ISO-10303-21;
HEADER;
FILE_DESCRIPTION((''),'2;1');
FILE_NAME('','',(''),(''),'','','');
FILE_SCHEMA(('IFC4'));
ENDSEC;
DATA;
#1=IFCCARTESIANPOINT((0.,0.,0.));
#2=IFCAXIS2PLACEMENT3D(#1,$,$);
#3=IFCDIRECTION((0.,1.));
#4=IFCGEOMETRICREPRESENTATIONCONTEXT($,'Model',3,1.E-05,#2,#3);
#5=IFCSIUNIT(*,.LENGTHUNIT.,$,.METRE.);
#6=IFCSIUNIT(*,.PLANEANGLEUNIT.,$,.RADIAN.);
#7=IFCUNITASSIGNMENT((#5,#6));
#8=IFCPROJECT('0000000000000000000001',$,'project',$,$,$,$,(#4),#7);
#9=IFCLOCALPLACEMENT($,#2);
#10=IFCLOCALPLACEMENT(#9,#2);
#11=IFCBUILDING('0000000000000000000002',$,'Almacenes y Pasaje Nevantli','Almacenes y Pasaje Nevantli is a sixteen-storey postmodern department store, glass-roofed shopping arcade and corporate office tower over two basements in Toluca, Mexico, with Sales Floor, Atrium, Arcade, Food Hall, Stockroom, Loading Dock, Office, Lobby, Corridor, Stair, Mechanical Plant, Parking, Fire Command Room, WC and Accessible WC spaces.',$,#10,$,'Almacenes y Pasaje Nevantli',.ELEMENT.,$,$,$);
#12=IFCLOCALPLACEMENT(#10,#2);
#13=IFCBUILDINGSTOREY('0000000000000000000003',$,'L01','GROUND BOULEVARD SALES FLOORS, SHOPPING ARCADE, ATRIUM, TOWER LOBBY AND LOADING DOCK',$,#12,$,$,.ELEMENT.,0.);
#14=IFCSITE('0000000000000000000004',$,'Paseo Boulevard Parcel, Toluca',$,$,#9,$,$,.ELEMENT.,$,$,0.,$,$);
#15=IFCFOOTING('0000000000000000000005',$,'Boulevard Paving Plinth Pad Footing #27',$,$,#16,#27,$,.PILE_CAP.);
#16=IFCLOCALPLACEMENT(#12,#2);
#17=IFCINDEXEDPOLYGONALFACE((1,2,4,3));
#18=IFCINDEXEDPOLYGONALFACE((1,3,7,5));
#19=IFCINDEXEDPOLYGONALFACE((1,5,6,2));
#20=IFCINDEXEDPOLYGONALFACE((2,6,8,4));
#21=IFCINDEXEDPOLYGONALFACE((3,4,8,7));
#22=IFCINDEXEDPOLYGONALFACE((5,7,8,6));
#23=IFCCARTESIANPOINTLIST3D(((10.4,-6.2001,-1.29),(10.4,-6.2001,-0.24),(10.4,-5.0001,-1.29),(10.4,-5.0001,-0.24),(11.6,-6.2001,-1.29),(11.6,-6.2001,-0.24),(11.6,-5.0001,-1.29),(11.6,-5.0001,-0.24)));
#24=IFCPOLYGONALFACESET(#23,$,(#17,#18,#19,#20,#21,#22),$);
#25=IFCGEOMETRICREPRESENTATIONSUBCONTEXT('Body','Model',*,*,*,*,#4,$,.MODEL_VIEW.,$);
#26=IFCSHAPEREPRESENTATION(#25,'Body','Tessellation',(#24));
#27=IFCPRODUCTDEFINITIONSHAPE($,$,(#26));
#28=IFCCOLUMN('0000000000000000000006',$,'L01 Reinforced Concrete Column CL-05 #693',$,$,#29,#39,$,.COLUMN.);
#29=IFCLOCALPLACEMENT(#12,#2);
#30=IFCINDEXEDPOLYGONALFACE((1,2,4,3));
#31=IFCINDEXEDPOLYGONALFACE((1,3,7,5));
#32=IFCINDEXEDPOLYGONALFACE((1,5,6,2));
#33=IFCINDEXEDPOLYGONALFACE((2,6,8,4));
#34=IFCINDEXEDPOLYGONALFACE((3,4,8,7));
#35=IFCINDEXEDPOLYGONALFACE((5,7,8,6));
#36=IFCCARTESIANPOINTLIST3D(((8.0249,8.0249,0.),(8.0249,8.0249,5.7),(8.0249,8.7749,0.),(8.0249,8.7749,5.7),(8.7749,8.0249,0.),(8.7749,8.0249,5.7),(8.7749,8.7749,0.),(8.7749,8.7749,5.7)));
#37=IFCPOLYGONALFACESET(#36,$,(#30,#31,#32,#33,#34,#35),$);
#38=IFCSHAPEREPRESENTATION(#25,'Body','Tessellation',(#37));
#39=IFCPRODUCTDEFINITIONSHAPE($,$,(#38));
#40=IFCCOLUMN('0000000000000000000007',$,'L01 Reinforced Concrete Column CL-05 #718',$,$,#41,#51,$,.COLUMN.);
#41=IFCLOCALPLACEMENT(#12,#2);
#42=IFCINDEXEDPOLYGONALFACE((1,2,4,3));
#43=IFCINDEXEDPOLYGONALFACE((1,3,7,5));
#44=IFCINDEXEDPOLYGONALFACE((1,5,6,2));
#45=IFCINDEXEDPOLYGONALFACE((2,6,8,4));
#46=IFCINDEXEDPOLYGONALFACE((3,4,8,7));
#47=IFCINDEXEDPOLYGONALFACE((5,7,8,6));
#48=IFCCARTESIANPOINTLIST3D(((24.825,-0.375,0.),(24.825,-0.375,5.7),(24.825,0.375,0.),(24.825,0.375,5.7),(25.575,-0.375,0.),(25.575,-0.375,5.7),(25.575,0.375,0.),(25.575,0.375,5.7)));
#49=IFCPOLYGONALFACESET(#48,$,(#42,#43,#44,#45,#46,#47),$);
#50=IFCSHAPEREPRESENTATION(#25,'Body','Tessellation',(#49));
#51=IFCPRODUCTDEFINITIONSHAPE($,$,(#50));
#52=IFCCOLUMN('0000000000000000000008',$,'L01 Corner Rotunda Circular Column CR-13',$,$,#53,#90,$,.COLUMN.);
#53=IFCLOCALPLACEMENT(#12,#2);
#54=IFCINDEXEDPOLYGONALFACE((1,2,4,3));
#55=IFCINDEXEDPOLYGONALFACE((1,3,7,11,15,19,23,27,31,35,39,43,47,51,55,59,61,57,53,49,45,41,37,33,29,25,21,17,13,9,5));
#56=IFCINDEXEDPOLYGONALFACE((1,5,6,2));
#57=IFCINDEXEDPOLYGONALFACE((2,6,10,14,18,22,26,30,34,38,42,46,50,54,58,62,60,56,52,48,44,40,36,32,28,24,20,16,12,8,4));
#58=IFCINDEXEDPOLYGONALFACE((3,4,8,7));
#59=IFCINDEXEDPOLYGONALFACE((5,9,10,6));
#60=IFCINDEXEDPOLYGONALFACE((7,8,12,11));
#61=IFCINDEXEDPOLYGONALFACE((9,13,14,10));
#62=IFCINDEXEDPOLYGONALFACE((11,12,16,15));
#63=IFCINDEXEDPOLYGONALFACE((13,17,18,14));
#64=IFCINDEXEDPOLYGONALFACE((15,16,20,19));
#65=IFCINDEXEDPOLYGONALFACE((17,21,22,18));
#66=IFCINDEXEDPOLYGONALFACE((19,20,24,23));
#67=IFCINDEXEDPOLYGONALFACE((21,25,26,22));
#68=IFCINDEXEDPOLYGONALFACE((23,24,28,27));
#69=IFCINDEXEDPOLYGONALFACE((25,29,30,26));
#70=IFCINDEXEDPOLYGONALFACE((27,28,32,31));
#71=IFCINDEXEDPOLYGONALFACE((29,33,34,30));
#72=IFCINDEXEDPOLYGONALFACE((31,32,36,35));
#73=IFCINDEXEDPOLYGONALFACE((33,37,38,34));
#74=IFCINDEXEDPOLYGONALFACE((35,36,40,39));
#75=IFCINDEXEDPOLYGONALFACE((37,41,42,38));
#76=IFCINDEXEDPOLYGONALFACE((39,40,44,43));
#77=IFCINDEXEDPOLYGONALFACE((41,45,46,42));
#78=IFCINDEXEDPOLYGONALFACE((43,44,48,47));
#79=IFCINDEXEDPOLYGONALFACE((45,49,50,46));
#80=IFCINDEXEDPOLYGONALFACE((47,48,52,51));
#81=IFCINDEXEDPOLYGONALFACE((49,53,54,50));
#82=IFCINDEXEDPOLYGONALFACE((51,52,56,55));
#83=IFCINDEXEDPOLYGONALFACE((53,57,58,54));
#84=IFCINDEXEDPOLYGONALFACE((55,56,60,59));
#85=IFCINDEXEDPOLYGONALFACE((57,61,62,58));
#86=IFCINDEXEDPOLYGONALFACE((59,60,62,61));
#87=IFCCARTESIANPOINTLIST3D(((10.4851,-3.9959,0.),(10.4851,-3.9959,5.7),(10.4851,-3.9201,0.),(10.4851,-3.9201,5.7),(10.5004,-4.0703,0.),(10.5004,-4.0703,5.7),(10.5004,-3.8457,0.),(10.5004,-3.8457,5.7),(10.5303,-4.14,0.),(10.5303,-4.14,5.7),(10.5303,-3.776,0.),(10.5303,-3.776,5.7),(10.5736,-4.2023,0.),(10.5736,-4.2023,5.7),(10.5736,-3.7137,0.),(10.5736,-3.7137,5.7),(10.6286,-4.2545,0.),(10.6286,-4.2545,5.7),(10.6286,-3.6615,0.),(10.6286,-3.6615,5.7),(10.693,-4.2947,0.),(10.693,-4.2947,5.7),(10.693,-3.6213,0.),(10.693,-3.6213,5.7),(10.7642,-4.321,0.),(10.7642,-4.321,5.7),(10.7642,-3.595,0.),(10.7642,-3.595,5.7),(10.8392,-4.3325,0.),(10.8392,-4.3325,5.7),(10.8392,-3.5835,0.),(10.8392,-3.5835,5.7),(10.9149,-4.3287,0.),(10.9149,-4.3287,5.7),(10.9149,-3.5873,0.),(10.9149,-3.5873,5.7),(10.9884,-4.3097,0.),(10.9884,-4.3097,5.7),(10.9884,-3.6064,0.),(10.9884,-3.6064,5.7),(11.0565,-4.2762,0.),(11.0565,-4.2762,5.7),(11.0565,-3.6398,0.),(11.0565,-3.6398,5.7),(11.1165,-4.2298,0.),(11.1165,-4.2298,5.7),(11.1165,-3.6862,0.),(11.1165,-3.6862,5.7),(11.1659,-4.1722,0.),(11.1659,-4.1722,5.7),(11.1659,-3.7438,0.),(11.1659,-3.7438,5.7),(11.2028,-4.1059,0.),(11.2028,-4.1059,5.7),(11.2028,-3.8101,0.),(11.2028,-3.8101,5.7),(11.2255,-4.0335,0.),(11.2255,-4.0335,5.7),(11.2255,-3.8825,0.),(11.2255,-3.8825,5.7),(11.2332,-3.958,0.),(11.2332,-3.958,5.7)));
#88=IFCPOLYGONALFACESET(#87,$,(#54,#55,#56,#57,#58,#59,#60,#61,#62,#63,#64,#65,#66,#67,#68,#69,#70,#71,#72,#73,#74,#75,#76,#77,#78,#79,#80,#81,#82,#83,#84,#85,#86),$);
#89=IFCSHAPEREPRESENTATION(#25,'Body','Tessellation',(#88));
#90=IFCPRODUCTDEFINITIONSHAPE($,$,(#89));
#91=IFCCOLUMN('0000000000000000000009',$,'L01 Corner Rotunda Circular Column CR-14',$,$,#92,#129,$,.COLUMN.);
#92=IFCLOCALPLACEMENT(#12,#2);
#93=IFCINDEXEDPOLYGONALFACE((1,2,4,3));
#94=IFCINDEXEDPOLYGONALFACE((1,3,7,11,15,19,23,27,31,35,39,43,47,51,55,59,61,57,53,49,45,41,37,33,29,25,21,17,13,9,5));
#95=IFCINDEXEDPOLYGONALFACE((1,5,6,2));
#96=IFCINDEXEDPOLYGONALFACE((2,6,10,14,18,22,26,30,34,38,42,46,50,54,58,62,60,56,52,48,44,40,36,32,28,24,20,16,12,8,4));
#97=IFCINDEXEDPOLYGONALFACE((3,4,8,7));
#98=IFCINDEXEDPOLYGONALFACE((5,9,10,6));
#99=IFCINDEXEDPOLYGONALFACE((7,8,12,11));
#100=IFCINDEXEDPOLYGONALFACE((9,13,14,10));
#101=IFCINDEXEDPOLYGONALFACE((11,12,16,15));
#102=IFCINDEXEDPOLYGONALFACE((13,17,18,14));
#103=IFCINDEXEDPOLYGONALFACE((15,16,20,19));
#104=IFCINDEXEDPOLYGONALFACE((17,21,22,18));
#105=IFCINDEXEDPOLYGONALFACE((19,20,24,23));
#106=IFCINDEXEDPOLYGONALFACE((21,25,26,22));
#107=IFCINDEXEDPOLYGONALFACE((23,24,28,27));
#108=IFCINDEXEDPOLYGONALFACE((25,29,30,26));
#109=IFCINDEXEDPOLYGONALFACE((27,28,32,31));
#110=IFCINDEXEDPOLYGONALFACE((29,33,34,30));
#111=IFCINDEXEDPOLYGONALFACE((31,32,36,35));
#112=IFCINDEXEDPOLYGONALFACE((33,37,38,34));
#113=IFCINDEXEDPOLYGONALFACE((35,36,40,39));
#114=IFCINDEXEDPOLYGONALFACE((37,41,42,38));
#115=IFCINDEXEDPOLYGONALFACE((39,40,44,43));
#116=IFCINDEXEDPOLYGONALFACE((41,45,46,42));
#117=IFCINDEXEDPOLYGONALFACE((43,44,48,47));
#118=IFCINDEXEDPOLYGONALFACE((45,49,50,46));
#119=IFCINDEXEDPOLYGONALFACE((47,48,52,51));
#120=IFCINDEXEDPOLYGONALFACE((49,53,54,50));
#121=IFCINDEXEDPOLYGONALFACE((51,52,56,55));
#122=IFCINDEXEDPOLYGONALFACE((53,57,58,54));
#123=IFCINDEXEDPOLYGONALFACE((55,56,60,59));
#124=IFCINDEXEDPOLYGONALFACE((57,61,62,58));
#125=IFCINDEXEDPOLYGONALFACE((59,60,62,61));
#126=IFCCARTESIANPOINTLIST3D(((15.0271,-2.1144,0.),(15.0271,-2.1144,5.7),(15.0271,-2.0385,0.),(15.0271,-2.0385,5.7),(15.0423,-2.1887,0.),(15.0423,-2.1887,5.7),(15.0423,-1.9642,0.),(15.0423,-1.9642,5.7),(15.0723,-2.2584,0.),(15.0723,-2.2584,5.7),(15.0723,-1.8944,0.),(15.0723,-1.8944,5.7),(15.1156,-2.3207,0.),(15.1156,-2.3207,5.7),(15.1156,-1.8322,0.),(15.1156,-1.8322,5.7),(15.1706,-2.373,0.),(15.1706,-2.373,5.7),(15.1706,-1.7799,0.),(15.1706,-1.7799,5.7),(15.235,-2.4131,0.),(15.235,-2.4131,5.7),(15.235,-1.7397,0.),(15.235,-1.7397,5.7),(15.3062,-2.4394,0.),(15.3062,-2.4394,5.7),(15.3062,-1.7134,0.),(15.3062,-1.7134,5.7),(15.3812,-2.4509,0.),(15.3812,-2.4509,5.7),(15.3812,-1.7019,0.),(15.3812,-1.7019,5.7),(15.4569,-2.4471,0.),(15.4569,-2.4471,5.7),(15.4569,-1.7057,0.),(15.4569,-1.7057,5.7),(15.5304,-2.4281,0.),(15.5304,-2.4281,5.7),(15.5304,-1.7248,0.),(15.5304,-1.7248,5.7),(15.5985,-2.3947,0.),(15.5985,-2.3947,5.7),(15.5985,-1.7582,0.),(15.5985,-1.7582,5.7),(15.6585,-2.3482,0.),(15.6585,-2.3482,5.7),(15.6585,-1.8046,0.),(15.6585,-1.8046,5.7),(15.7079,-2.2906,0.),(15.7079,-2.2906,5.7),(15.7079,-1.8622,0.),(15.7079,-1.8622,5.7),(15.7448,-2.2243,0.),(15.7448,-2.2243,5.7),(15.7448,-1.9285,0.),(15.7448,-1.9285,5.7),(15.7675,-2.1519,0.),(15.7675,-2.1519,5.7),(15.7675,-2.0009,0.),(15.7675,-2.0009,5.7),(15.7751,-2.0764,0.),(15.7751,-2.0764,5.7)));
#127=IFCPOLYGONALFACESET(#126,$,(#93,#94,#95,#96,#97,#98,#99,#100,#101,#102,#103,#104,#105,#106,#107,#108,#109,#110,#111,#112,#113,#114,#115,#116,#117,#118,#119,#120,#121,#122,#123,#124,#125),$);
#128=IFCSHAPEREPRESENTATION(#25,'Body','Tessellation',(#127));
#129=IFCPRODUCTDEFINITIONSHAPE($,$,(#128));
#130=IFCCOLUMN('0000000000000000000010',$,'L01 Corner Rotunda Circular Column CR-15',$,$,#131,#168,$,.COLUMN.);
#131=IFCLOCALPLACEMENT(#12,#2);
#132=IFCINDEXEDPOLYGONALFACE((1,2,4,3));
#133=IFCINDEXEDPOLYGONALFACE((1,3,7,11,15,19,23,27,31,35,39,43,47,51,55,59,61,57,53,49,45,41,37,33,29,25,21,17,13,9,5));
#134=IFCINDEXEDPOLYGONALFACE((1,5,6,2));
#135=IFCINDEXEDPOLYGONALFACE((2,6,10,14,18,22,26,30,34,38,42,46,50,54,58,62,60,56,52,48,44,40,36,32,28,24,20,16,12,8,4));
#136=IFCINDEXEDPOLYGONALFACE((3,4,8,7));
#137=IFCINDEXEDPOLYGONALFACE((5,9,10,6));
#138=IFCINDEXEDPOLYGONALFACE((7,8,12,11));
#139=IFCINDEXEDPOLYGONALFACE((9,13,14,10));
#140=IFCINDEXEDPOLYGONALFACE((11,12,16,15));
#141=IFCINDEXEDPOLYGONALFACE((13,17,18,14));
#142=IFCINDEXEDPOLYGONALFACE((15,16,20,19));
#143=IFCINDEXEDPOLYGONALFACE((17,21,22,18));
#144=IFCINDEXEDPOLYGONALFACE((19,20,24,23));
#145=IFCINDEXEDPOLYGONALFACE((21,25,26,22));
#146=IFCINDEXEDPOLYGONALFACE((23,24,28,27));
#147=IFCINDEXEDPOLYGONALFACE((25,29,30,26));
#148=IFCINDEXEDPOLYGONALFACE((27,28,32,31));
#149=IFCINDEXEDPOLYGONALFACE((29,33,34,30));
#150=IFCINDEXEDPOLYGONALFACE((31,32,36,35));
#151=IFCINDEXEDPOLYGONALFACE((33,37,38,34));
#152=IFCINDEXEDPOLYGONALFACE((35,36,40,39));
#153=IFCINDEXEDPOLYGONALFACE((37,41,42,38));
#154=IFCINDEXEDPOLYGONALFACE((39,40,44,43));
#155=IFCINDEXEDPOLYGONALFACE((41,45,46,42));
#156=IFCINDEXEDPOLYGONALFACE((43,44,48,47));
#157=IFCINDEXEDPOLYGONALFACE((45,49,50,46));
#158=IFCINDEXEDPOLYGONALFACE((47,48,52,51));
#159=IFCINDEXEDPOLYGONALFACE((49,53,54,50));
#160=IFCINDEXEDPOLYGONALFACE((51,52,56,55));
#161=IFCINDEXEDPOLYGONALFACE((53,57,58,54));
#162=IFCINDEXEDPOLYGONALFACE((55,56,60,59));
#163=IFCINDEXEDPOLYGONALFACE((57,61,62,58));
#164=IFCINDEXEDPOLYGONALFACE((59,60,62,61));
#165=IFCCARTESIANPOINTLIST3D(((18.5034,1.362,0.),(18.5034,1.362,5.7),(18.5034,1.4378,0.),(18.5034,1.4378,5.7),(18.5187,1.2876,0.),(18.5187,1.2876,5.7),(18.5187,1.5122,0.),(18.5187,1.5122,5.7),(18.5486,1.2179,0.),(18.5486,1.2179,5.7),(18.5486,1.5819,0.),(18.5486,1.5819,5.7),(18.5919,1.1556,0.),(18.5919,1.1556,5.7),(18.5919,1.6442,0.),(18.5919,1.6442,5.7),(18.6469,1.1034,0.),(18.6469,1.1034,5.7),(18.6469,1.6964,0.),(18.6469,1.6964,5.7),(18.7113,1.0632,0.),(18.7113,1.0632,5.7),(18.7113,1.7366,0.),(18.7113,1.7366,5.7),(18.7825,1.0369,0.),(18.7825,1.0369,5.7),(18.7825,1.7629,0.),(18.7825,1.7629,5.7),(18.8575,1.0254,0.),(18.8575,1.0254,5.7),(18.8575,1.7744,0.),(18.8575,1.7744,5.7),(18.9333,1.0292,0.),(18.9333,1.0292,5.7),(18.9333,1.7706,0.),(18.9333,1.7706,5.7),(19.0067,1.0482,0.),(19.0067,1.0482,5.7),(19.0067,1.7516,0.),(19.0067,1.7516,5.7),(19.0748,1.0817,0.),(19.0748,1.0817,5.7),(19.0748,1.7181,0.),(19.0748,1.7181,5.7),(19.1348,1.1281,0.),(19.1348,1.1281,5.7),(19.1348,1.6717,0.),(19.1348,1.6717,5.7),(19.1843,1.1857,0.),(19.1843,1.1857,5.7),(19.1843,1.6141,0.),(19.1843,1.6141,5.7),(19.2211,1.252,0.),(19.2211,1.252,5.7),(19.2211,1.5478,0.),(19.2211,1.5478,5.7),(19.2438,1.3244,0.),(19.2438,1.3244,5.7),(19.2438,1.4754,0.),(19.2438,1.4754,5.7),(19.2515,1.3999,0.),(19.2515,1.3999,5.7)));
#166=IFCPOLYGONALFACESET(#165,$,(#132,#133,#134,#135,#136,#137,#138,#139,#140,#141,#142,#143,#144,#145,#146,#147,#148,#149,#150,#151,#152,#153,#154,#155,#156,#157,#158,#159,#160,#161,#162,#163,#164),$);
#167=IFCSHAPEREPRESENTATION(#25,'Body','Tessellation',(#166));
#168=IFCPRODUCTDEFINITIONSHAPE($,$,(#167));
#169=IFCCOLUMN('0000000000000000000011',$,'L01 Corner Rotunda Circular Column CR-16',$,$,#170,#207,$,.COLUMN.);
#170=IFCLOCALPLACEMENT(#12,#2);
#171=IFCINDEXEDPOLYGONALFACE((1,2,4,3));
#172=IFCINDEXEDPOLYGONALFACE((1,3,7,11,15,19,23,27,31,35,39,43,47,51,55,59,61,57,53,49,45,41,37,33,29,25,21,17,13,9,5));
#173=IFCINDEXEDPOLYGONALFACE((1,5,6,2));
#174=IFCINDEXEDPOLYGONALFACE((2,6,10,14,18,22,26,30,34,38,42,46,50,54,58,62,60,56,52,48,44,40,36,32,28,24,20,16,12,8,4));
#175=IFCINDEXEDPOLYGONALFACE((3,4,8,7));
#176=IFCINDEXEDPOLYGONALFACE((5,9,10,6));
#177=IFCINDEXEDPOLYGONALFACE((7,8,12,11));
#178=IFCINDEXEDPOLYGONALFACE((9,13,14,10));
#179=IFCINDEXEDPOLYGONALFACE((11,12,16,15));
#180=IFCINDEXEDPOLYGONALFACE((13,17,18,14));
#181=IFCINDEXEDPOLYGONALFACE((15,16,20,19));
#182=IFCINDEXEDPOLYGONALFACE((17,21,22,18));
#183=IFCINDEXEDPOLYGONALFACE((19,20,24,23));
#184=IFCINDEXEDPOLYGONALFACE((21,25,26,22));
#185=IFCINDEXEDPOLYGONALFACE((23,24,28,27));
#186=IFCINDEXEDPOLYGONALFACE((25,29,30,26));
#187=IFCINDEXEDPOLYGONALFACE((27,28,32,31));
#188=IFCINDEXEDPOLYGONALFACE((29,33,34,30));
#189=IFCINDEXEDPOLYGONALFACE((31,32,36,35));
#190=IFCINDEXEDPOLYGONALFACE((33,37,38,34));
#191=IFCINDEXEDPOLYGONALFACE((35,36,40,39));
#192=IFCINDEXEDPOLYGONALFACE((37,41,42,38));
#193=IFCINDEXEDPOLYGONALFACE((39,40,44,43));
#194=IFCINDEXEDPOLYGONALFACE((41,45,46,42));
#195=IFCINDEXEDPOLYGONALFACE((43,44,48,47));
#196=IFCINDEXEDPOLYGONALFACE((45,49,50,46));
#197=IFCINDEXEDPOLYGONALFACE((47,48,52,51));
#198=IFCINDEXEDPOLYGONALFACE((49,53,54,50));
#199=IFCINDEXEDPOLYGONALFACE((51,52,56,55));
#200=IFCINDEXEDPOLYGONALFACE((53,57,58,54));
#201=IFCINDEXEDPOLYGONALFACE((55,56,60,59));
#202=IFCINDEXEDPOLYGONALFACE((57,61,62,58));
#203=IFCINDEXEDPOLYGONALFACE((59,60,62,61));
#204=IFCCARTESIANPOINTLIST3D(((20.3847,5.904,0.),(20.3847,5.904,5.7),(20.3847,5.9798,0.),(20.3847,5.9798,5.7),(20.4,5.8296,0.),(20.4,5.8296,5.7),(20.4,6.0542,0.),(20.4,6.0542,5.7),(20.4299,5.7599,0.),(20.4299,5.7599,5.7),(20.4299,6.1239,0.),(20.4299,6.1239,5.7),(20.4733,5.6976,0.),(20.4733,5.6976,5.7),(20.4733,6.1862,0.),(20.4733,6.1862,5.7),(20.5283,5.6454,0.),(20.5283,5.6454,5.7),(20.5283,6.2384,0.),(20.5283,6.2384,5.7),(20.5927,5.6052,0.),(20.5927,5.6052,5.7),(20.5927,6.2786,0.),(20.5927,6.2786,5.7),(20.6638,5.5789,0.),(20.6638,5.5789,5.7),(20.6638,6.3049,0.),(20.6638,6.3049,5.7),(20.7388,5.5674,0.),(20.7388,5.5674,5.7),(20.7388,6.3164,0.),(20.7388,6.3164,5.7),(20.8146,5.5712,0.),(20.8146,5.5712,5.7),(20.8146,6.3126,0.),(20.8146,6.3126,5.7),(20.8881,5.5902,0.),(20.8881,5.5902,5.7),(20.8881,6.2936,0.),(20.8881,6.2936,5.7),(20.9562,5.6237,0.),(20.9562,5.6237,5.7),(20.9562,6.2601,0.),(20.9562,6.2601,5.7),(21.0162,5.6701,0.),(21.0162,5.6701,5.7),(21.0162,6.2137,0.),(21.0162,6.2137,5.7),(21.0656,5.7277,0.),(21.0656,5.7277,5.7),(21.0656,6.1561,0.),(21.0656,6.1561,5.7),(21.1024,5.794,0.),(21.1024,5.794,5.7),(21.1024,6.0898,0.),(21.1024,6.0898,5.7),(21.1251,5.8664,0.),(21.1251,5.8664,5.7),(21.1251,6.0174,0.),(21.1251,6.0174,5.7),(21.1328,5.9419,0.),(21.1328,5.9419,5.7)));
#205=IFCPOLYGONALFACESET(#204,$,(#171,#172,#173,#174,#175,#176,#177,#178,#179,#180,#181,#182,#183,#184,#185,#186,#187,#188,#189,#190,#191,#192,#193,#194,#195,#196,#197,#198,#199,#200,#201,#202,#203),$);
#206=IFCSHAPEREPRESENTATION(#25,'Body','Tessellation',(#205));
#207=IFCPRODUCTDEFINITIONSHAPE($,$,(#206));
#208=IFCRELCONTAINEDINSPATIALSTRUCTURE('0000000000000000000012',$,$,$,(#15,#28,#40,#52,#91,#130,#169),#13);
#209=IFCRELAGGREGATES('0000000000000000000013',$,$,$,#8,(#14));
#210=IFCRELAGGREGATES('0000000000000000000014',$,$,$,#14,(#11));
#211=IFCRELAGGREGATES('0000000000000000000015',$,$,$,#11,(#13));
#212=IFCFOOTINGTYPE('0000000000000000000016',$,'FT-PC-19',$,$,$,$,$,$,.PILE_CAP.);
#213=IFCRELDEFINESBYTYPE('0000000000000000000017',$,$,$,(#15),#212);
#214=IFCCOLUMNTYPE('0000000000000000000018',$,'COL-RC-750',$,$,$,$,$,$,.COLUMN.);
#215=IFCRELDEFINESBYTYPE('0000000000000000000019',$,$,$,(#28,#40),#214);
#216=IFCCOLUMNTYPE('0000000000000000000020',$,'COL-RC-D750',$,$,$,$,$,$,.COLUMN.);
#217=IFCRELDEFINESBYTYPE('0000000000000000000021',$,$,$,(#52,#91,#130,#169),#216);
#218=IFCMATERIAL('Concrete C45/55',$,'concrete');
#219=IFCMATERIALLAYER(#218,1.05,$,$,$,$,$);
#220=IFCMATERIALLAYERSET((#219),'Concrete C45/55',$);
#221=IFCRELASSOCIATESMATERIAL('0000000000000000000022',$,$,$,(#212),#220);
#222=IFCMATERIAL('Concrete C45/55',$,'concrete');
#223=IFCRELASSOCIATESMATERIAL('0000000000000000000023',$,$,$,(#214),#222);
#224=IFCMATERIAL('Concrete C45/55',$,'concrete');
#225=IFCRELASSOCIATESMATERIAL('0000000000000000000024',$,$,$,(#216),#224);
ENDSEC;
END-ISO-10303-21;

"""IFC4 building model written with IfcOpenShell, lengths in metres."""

from ifc_helpers import new_model, si_unit, direction, frame, origin, origin_2d, place, context, subcontext, project, spatial, rectangle, circle, extrude, material, layer, layer_set, material_profile, profile_set, type_object, element, save


model = new_model("IFC4")

# Units and contexts
model_context = context("Model", 3, precision=1e-05, world=origin(), true_north=direction((0.0, 1.0)))
body_context = subcontext(model_context, "Body", "Model", "MODEL_VIEW")
ifc_project = project(units=[si_unit("LENGTHUNIT", "METRE"), si_unit("PLANEANGLEUNIT", "RADIAN")], contexts=[model_context])

# Site, building, storey
site_placement = place(None, origin())
site = spatial("IfcSite", under=ifc_project, at=site_placement, Name="Paseo Boulevard Parcel, Toluca", CompositionType="ELEMENT", RefElevation=0.0)
building_placement = place(site_placement, origin())
building = spatial("IfcBuilding", under=site, at=building_placement, Name="Almacenes y Pasaje Nevantli", Description="Almacenes y Pasaje Nevantli is a sixteen-storey postmodern department store, glass-roofed shopping arcade and corporate office tower over two basements in Toluca, Mexico, with Sales Floor, Atrium, Arcade, Food Hall, Stockroom, Loading Dock, Office, Lobby, Corridor, Stair, Mechanical Plant, Parking, Fire Command Room, WC and Accessible WC spaces.", LongName="Almacenes y Pasaje Nevantli", CompositionType="ELEMENT")
storey_placement = place(building_placement, origin())
storey = spatial("IfcBuildingStorey", under=building, at=storey_placement, Name="L01", Description="GROUND BOULEVARD SALES FLOORS, SHOPPING ARCADE, ATRIUM, TOWER LOBBY AND LOADING DOCK", CompositionType="ELEMENT", Elevation=0.0)

# Footing
ifc_material_1 = material(Name="Concrete C45/55", Category="concrete")
ifc_layer_1 = layer(ifc_material_1, 1.05)
ifc_layer_set_1 = layer_set([ifc_layer_1], Name="Concrete C45/55")
footing_type = type_object("IfcFootingType", Name="FT-PC-19", PredefinedType="PILE_CAP", material=ifc_layer_set_1)
footing_placement = place(storey_placement, frame((11.0, -5.6001, -1.29), z_axis=(0.0, 0.0, 1.0), x_axis=(1.0, 0.0, 0.0)))
element("IfcFooting", 1, at=footing_placement, inside=storey, type_object=footing_type, Name="Boulevard Paving Plinth Pad Footing #27", PredefinedType="PILE_CAP", context=body_context, shape_type="SweptSolid", body=[
    extrude(rectangle(XDim=1.2, YDim=1.2, at=origin_2d()), origin(), (0.0, 0.0, 1.0), 1.05),
])

# Columns
ifc_material_2 = material(Name="Concrete C45/55", Category="concrete")
ifc_material_profile_1 = material_profile(ifc_material_2, rectangle(XDim=0.75, YDim=0.75, at=origin_2d()), Name="RC-COL-750x750")
ifc_profile_set_1 = profile_set([ifc_material_profile_1], Name="Concrete C45/55")
column_type_1 = type_object("IfcColumnType", Name="COL-RC-750", PredefinedType="COLUMN", material=ifc_profile_set_1)
for number, where, z_axis, x_axis, name in (
    (2, (8.3999, 8.3999, 0.0), (0.0, 0.0, 1.0), (1.0, 0.0, 0.0), "L01 Reinforced Concrete Column CL-05 #693"),
    (3, (25.2, 0.0, 0.0), (0.0, 0.0, 1.0), (1.0, 0.0, 0.0), "L01 Reinforced Concrete Column CL-05 #718"),
):
    element("IfcColumn", number, at=place(storey_placement, frame(where, z_axis=z_axis, x_axis=x_axis)), inside=storey, type_object=column_type_1, Name=name, PredefinedType="COLUMN", context=body_context, shape_type="SweptSolid", body=[
        extrude(rectangle(XDim=0.75, YDim=0.75, at=origin_2d()), origin(), (0.0, 0.0, 1.0), 5.7),
    ])
ifc_material_3 = material(Name="Concrete C45/55", Category="concrete")
ifc_material_profile_2 = material_profile(ifc_material_3, circle(Radius=0.375, at=origin_2d()), Name="RC-COL-D750")
ifc_profile_set_2 = profile_set([ifc_material_profile_2], Name="Concrete C45/55")
column_type_2 = type_object("IfcColumnType", Name="COL-RC-D750", PredefinedType="COLUMN", material=ifc_profile_set_2)
for number, where, z_axis, x_axis, name in (
    (4, (10.8582, -3.958, 0.0), (0.0, 0.0, 1.0), (1.0, 0.0, 0.0), "L01 Corner Rotunda Circular Column CR-13"),
    (5, (15.4001, -2.0764, 0.0), (0.0, 0.0, 1.0), (1.0, 0.0, 0.0), "L01 Corner Rotunda Circular Column CR-14"),
    (6, (18.8765, 1.3999, 0.0), (0.0, 0.0, 1.0), (1.0, 0.0, 0.0), "L01 Corner Rotunda Circular Column CR-15"),
    (7, (20.7578, 5.9419, 0.0), (0.0, 0.0, 1.0), (1.0, 0.0, 0.0), "L01 Corner Rotunda Circular Column CR-16"),
):
    element("IfcColumn", number, at=place(storey_placement, frame(where, z_axis=z_axis, x_axis=x_axis)), inside=storey, type_object=column_type_2, Name=name, PredefinedType="COLUMN", context=body_context, shape_type="SweptSolid", body=[
        extrude(circle(Radius=0.375, at=origin_2d()), origin(), (0.0, 0.0, 1.0), 5.7),
    ])

save(model, "model.ifc")
